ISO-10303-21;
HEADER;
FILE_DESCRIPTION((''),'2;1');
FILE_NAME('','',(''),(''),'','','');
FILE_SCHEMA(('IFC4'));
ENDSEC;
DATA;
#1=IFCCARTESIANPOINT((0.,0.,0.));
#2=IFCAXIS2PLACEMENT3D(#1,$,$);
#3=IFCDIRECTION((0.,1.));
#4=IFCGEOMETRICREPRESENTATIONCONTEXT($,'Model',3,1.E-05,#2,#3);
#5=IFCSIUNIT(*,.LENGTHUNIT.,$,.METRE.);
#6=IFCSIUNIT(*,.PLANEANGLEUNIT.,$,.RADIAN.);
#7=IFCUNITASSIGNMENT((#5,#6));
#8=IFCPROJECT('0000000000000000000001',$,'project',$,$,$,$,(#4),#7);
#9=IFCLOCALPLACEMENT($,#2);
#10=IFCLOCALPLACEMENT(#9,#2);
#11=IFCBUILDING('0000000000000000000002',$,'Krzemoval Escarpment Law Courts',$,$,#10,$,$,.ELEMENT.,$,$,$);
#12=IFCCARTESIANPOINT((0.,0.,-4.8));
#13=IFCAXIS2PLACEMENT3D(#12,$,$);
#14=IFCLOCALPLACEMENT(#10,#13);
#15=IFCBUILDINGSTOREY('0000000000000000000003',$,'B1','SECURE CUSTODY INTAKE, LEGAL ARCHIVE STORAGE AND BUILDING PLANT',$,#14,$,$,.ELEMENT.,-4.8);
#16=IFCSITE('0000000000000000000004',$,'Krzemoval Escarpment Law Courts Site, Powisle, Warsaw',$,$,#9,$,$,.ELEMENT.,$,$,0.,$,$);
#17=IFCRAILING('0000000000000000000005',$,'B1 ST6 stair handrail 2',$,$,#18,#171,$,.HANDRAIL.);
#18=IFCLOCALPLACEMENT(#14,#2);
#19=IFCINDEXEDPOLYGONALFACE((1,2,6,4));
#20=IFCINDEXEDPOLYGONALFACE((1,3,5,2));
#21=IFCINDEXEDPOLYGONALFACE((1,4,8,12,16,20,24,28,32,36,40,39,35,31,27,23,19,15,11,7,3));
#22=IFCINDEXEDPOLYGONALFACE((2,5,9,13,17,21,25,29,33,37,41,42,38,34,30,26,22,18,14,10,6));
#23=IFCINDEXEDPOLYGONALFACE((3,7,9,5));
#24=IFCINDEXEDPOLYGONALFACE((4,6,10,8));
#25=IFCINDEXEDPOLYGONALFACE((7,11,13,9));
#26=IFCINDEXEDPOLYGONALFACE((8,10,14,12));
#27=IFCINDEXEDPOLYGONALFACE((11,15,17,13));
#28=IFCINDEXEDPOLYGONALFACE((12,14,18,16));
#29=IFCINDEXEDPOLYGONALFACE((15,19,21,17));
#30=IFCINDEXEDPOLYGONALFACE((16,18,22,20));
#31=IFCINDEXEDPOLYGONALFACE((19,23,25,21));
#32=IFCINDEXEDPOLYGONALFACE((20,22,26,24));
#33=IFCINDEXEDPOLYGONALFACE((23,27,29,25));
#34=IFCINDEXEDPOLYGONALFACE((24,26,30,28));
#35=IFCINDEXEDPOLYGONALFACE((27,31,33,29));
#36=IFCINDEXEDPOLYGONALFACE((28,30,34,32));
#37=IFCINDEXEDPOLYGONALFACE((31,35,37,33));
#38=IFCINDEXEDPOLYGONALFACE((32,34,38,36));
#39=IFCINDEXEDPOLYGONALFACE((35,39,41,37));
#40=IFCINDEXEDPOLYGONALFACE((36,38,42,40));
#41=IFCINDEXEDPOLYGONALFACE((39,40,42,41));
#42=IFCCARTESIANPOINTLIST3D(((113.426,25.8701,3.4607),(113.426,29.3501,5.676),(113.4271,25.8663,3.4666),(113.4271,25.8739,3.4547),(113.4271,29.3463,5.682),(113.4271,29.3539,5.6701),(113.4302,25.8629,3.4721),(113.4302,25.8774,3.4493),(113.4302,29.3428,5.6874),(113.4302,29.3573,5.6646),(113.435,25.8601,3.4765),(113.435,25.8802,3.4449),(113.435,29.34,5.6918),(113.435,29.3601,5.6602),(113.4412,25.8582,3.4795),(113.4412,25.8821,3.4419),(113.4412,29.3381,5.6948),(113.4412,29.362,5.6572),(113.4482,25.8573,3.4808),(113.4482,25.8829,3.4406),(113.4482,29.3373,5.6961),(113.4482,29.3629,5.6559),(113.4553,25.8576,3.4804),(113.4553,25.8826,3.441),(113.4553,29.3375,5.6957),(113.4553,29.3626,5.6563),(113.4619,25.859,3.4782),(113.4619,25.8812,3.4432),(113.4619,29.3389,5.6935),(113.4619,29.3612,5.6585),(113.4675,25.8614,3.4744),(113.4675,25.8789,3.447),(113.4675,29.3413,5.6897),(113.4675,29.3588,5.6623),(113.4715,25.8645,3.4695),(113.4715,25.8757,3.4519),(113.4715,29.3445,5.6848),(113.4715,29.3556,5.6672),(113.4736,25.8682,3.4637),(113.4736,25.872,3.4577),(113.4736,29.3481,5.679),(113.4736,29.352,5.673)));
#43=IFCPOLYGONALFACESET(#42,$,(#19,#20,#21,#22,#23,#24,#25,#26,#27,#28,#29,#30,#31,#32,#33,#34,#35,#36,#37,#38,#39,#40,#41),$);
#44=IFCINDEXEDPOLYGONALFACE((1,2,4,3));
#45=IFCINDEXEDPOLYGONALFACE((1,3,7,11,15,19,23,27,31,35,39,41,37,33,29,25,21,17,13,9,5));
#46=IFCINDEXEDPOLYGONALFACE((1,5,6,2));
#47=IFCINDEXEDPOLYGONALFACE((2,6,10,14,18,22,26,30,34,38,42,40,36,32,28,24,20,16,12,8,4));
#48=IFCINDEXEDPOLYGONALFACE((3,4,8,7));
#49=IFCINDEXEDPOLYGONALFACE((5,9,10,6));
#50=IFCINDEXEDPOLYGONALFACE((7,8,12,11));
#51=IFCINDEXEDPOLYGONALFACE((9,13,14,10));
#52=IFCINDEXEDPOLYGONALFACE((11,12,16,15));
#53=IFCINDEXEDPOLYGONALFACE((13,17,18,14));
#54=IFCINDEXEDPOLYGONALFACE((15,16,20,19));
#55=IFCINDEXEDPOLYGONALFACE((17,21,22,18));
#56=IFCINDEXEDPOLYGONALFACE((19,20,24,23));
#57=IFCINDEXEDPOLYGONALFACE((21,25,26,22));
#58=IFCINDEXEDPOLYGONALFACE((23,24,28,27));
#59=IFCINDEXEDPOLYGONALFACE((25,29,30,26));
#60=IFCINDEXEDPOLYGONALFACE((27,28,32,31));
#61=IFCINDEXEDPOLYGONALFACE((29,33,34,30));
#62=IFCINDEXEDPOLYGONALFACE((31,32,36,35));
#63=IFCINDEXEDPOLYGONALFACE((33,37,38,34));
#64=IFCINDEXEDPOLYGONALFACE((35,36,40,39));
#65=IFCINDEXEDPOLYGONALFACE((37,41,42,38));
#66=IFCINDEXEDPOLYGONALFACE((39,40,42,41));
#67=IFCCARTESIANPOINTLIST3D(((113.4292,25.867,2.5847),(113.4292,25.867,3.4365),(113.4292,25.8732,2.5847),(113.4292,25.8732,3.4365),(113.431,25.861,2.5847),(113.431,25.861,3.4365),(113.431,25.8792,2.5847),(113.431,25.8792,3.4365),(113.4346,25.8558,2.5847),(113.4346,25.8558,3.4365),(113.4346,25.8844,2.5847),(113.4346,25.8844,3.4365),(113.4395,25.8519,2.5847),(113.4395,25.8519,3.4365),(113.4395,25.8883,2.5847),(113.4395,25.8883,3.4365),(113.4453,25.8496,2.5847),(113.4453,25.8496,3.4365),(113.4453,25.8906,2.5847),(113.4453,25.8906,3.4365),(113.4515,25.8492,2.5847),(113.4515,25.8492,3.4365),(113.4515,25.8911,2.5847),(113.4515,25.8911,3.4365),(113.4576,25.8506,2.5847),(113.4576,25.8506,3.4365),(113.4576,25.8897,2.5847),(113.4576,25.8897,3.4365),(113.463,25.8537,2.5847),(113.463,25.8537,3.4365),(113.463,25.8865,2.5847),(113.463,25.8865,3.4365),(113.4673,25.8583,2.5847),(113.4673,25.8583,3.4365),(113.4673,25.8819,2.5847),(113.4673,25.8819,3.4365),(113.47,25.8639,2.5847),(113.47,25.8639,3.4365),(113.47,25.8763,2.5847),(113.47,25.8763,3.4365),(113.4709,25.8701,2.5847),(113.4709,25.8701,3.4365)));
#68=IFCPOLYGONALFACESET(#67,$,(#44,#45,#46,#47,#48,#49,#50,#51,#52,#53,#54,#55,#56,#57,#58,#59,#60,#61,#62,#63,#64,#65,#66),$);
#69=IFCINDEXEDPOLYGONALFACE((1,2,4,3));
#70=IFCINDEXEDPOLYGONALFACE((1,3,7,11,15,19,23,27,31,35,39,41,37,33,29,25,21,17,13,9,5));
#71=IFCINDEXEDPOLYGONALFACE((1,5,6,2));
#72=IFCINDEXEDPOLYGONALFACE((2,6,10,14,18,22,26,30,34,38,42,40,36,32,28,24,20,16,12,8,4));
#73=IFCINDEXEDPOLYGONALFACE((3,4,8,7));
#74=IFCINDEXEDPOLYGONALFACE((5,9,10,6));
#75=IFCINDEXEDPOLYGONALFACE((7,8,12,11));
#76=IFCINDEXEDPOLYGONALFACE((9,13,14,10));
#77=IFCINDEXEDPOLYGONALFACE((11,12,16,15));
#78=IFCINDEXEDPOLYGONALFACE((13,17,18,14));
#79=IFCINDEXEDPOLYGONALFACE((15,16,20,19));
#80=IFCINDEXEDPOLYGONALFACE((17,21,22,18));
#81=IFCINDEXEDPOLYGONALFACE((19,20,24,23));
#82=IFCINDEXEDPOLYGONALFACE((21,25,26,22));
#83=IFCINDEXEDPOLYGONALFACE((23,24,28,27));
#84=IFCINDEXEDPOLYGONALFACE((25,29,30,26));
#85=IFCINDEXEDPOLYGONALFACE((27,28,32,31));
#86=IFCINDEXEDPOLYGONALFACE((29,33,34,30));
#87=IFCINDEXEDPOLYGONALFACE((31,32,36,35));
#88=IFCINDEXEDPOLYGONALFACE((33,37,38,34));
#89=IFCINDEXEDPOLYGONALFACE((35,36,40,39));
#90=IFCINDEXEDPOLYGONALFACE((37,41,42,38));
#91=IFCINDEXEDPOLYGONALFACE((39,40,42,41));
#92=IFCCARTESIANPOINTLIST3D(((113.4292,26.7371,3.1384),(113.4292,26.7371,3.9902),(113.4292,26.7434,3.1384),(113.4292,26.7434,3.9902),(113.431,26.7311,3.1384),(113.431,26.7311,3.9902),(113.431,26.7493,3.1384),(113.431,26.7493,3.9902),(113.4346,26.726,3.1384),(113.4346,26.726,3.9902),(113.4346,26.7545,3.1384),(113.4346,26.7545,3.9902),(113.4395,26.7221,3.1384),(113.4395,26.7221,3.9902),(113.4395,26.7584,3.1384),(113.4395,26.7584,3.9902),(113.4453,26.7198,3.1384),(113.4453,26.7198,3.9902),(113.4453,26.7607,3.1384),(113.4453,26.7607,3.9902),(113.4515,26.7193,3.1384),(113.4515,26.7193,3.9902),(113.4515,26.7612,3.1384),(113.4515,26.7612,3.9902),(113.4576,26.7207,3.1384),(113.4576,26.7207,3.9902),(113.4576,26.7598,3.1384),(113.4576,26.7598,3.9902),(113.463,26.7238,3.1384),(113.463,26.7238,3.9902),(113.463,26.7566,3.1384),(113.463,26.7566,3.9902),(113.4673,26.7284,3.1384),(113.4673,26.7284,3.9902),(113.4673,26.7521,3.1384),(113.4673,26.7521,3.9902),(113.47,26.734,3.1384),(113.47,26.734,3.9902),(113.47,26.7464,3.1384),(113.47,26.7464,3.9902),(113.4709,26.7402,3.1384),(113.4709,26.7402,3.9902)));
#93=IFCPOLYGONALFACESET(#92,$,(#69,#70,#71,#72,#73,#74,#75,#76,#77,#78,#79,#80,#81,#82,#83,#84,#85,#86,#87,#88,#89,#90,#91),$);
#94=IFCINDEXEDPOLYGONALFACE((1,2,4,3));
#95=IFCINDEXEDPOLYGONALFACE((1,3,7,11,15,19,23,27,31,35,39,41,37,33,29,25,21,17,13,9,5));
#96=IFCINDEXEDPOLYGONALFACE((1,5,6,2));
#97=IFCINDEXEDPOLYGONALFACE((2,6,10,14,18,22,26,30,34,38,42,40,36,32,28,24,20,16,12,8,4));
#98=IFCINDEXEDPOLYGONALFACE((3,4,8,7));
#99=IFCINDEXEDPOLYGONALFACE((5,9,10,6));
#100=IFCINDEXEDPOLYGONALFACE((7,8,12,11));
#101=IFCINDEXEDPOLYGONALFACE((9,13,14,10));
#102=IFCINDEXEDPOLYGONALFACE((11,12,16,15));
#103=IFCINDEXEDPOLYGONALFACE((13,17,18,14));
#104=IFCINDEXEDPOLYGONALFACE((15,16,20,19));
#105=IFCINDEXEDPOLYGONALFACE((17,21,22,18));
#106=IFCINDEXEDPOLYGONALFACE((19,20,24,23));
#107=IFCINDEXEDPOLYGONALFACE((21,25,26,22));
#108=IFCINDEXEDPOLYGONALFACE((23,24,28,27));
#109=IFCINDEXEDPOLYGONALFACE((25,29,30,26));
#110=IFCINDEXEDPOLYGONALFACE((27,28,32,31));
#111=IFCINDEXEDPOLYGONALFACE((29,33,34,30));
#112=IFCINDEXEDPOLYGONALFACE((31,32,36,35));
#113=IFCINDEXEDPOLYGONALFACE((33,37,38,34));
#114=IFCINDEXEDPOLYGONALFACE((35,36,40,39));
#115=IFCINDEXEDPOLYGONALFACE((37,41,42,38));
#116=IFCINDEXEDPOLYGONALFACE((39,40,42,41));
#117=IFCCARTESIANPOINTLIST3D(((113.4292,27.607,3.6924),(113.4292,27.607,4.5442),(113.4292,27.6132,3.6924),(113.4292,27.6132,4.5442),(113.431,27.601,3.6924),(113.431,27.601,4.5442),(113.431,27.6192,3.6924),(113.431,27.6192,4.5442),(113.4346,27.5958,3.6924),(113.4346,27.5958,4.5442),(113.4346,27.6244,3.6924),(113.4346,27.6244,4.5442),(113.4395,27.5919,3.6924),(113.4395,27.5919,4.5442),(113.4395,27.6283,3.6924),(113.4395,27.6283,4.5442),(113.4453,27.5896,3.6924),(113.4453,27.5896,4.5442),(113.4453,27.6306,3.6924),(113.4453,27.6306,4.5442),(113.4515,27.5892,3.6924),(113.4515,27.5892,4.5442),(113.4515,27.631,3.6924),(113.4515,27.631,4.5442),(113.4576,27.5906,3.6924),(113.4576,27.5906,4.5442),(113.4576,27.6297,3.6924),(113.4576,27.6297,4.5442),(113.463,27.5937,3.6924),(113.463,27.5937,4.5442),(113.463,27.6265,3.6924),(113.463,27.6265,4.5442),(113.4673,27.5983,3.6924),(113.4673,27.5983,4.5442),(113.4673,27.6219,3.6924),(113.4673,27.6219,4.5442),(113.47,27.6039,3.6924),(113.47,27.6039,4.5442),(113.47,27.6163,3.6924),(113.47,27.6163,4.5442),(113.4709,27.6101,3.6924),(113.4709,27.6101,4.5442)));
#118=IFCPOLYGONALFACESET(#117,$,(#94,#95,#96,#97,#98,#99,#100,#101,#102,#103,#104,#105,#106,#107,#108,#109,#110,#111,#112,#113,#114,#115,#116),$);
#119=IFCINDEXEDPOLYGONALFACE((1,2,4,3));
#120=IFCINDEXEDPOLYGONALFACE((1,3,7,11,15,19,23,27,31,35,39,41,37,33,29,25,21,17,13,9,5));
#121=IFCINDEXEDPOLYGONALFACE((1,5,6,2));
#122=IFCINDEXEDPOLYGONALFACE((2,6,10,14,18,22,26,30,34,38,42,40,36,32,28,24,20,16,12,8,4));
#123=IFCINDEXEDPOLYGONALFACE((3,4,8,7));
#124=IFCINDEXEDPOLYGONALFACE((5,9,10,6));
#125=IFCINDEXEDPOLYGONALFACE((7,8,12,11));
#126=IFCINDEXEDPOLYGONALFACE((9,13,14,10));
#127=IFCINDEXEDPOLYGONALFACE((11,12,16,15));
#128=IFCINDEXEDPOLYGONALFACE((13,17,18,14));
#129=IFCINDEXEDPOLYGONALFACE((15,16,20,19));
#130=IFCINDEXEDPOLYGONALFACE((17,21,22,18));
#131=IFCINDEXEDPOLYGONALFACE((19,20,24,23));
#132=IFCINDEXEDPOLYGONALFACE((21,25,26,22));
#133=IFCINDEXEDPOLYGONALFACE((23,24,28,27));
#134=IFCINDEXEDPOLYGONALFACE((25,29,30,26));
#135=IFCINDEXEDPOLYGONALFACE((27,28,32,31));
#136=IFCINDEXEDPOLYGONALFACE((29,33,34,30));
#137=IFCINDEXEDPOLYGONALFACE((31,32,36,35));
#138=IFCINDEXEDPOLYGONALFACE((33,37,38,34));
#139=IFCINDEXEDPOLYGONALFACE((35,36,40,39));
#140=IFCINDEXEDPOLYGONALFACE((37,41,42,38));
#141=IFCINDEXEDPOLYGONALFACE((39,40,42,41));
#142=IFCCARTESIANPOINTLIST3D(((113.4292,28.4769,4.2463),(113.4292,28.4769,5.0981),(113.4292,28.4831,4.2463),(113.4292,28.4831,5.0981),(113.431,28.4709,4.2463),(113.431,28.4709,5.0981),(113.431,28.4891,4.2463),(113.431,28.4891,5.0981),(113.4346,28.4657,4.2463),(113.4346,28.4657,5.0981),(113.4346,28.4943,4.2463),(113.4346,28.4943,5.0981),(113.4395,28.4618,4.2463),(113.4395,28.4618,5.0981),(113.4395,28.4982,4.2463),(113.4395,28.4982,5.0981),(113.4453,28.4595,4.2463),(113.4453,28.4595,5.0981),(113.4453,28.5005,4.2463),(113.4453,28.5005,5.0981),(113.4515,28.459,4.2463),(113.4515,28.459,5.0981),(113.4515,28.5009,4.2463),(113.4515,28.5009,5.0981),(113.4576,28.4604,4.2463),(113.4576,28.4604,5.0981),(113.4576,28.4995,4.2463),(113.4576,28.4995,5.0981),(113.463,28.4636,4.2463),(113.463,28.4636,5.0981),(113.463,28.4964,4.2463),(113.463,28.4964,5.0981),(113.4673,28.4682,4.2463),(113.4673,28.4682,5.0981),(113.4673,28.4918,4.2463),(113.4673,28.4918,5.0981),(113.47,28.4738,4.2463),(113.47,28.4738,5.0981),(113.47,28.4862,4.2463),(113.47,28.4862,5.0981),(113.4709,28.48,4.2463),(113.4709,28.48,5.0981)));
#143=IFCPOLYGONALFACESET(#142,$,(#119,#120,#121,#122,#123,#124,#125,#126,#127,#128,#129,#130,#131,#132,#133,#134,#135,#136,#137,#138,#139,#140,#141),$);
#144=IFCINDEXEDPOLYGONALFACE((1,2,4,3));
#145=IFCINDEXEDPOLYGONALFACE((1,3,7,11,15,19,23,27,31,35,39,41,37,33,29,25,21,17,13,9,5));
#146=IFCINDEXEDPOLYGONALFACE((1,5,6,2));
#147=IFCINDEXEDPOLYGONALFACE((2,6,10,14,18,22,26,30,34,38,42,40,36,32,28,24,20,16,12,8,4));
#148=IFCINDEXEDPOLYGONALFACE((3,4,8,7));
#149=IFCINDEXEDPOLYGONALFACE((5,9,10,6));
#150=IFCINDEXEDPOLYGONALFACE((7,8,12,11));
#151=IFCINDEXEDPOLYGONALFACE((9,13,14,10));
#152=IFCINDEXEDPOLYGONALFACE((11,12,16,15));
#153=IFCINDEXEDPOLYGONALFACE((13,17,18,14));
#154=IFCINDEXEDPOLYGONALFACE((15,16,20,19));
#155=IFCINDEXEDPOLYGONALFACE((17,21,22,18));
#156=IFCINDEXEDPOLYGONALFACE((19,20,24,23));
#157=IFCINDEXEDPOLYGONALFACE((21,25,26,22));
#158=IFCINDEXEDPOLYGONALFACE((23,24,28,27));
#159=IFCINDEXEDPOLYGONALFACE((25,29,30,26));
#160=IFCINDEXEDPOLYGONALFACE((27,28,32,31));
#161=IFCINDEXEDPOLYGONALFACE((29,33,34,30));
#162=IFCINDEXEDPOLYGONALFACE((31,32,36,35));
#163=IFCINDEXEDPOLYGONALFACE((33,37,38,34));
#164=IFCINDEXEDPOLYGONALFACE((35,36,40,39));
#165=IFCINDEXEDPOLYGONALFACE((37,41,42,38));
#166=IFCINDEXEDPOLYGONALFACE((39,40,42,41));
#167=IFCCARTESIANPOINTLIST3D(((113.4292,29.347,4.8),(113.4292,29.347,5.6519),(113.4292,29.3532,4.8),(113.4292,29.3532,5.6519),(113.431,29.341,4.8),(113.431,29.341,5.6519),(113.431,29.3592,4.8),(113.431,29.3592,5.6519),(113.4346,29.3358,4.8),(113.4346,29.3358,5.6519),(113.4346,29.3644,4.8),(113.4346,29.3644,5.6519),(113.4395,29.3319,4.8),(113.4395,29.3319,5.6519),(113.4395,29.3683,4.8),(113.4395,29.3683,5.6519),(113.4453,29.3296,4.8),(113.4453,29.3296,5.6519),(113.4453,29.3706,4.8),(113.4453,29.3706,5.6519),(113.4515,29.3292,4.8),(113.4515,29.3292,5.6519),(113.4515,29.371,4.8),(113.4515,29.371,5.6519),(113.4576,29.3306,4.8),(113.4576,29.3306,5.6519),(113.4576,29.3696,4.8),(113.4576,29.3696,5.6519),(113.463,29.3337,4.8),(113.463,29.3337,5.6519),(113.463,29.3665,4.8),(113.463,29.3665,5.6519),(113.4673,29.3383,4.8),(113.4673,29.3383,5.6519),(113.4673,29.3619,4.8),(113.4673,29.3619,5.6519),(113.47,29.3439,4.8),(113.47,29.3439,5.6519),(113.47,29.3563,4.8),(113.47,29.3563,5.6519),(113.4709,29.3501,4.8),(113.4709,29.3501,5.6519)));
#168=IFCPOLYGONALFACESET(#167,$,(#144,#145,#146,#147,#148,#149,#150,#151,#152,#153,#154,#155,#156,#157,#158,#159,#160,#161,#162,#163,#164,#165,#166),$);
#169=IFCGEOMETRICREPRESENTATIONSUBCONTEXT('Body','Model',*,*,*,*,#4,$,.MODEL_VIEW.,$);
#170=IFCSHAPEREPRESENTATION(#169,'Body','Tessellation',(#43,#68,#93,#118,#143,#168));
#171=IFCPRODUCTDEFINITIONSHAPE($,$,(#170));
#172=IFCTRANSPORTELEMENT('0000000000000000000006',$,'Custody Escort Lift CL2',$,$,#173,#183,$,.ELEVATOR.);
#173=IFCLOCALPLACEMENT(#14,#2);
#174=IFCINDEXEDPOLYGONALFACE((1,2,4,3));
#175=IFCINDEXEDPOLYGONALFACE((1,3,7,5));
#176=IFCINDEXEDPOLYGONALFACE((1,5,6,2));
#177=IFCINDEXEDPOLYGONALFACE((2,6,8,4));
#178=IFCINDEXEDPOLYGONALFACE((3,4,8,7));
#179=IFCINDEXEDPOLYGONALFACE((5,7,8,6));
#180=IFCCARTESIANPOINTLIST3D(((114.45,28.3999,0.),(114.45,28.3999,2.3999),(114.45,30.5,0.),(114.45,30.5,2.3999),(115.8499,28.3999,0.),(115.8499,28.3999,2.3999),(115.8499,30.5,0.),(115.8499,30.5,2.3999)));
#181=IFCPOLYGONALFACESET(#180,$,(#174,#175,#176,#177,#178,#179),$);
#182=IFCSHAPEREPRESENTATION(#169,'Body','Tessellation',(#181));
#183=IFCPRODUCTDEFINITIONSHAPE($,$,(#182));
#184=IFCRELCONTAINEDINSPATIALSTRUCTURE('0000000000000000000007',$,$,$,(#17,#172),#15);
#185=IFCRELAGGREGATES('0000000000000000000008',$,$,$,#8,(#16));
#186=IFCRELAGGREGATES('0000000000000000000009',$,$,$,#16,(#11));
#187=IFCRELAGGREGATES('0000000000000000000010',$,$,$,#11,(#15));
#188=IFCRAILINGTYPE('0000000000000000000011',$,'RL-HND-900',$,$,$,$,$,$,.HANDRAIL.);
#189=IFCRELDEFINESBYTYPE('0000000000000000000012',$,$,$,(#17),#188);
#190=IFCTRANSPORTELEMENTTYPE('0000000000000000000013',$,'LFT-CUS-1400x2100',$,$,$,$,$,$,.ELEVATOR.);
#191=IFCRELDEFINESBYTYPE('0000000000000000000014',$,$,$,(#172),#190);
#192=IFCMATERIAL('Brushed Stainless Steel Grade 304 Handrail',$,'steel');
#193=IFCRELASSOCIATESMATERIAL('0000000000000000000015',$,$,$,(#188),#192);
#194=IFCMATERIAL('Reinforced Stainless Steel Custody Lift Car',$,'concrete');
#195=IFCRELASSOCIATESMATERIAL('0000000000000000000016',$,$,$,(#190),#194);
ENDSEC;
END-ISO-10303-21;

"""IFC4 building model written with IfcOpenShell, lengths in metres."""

from ifc_helpers import new_model, si_unit, direction, frame, origin, origin_2d, place, context, subcontext, project, spatial, rectangle, circle, extrude, material, type_object, element, save


model = new_model("IFC4")

# Units and contexts
model_context = context("Model", 3, precision=1e-05, world=origin(), true_north=direction((0.0, 1.0)))
body_context = subcontext(model_context, "Body", "Model", "MODEL_VIEW")
ifc_project = project(units=[si_unit("LENGTHUNIT", "METRE"), si_unit("PLANEANGLEUNIT", "RADIAN")], contexts=[model_context])

# Site, building, storey
site_placement = place(None, origin())
site = spatial("IfcSite", under=ifc_project, at=site_placement, Name="Krzemoval Escarpment Law Courts Site, Powisle, Warsaw", CompositionType="ELEMENT", RefElevation=0.0)
building_placement = place(site_placement, origin())
building = spatial("IfcBuilding", under=site, at=building_placement, Name="Krzemoval Escarpment Law Courts", CompositionType="ELEMENT")
storey_placement = place(building_placement, frame((0.0, 0.0, -4.8)))
storey = spatial("IfcBuildingStorey", under=building, at=storey_placement, Name="B1", Description="SECURE CUSTODY INTAKE, LEGAL ARCHIVE STORAGE AND BUILDING PLANT", CompositionType="ELEMENT", Elevation=-4.8)

# Railing
ifc_material_1 = material(Name="Brushed Stainless Steel Grade 304 Handrail", Category="steel")
railing_type_1 = type_object("IfcRailingType", Name="RL-HND-900", PredefinedType="HANDRAIL", material=ifc_material_1)
railing_1_placement = place(storey_placement, frame((113.45, 25.8701, 2.5847)))
element("IfcRailing", 1, at=railing_1_placement, inside=storey, type_object=railing_type_1, Name="B1 ST6 stair handrail 2", PredefinedType="HANDRAIL", context=body_context, shape_type="SweptSolid", body=[
    extrude(circle(Radius=0.0239, at=origin_2d()), frame((0.0, 0.0, 0.876), z_axis=(0.0, 0.843574, 0.537013), x_axis=(-1.0, 0.0, 0.0)), (0.0, 0.0, 1.0), 4.1252),
    extrude(circle(Radius=0.021, at=origin_2d()), origin(), (0.0, 0.0, 1.0), 0.8518),
    extrude(circle(Radius=0.021, at=origin_2d()), frame((0.0, 0.8701, 0.5537)), (0.0, 0.0, 1.0), 0.8518),
    extrude(circle(Radius=0.021, at=origin_2d()), frame((0.0, 1.74, 1.1077)), (0.0, 0.0, 1.0), 0.8518),
    extrude(circle(Radius=0.021, at=origin_2d()), frame((0.0, 2.6099, 1.6616)), (0.0, 0.0, 1.0), 0.8518),
    extrude(circle(Radius=0.021, at=origin_2d()), frame((0.0, 3.48, 2.2153)), (0.0, 0.0, 1.0), 0.8518),
])

# Transport element
ifc_material_2 = material(Name="Reinforced Stainless Steel Custody Lift Car", Category="concrete")
transport_element_type = type_object("IfcTransportElementType", Name="LFT-CUS-1400x2100", PredefinedType="ELEVATOR", material=ifc_material_2)
transport_element_placement = place(storey_placement, frame((115.1499, 29.45, 0.0), z_axis=(0.0, 0.0, 1.0), x_axis=(1.0, 0.0, 0.0)))
element("IfcTransportElement", 2, at=transport_element_placement, inside=storey, type_object=transport_element_type, Name="Custody Escort Lift CL2", PredefinedType="ELEVATOR", context=body_context, shape_type="SweptSolid", body=[
    extrude(rectangle(XDim=1.3999, YDim=2.1001, at=origin_2d()), origin(), (0.0, 0.0, 1.0), 2.3999),
])

save(model, "model.ifc")
